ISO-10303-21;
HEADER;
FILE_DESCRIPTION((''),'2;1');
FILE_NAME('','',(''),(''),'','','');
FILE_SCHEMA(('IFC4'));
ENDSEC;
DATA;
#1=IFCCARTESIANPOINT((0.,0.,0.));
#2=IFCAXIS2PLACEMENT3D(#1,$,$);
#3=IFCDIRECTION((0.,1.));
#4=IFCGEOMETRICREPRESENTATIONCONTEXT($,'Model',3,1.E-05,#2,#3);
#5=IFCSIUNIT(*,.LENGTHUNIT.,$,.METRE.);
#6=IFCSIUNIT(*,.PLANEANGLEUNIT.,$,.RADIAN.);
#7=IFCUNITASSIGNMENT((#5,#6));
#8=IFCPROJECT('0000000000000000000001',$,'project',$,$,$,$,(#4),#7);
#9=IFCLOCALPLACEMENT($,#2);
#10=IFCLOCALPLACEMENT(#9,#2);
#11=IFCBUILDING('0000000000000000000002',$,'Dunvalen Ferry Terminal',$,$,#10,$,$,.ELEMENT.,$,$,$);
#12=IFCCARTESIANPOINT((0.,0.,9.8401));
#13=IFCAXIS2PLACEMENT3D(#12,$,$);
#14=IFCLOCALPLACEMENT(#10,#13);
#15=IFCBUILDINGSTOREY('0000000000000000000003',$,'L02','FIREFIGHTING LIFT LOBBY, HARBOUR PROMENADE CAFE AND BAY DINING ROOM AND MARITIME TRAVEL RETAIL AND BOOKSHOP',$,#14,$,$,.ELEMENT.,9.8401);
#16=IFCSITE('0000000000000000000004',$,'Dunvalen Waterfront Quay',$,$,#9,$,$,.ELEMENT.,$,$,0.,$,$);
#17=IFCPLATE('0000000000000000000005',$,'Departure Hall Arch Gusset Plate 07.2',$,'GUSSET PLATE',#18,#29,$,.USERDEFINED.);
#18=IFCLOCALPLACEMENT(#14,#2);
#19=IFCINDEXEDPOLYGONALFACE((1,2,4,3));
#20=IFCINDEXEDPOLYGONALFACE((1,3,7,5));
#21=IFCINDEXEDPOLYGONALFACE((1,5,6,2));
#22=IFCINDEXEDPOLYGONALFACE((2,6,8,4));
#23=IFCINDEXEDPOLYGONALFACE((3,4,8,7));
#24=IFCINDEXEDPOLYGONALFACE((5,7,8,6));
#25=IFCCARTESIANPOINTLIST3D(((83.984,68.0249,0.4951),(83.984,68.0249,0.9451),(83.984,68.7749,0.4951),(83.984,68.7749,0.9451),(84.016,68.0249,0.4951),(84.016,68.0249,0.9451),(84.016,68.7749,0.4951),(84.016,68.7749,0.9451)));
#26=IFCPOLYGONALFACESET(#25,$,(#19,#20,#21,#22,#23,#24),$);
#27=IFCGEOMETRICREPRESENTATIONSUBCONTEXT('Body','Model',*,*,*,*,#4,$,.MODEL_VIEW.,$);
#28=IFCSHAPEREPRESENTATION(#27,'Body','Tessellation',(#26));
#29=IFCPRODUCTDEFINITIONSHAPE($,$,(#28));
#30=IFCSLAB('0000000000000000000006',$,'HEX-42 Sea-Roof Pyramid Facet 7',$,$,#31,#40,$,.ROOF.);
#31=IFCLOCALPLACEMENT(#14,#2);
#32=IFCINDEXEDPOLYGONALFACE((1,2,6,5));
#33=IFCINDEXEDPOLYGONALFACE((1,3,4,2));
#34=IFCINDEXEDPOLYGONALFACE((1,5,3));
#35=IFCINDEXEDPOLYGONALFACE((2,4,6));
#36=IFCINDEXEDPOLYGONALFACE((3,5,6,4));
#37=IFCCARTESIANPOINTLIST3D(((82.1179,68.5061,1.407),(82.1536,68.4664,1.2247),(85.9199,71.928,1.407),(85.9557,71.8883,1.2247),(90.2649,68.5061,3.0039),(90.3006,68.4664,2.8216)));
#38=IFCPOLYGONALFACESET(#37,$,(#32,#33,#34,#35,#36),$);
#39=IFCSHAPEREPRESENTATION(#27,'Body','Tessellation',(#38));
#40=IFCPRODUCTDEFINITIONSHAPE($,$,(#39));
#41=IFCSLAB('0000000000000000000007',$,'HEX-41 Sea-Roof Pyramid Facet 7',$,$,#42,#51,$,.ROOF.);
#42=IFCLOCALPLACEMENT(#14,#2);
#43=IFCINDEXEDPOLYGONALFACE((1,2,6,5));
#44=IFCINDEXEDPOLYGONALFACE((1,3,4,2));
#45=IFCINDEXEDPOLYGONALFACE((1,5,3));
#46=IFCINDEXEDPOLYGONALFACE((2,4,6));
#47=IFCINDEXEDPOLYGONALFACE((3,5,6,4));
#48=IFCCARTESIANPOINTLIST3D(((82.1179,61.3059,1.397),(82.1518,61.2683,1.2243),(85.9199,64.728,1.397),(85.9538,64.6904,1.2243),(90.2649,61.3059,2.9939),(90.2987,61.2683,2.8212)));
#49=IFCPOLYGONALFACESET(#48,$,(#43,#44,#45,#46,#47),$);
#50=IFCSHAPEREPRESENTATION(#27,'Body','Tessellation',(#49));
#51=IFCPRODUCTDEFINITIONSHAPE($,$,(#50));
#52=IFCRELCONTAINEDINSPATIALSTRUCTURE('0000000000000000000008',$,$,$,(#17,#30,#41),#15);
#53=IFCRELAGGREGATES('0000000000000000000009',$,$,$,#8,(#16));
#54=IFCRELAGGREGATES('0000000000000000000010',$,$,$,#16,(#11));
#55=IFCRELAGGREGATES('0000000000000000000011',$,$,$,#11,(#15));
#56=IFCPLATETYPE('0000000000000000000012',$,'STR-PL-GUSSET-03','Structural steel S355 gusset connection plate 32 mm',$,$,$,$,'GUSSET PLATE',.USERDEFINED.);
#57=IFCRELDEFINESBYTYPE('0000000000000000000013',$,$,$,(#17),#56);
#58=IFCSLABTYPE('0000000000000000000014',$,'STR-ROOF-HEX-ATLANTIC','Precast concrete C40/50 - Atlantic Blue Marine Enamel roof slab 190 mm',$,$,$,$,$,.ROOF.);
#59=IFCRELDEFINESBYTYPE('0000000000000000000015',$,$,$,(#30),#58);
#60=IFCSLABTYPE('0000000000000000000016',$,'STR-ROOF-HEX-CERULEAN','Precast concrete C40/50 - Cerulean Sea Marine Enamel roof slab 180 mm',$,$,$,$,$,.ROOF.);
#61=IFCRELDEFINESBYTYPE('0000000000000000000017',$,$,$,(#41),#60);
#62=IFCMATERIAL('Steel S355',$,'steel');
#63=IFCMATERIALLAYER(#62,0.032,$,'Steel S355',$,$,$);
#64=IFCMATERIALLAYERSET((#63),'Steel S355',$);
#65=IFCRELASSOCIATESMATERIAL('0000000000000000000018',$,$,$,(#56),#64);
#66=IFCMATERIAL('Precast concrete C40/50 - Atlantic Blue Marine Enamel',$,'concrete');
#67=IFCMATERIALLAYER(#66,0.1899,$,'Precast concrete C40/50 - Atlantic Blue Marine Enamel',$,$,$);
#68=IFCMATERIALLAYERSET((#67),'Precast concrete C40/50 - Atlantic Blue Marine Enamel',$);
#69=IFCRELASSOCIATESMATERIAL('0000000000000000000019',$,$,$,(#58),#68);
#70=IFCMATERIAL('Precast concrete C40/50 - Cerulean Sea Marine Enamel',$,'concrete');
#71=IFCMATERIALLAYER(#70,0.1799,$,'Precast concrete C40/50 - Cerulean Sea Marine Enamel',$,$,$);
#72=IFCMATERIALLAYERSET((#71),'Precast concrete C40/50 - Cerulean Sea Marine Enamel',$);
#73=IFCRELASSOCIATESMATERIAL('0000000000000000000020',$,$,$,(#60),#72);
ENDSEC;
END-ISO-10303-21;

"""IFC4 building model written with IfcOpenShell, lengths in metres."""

from ifc_helpers import new_model, si_unit, direction, frame, origin, origin_2d, place, context, subcontext, project, spatial, polyline, rectangle, outline, extrude, material, layer, layer_set, type_object, element, save


model = new_model("IFC4")

# Units and contexts
model_context = context("Model", 3, precision=1e-05, world=origin(), true_north=direction((0.0, 1.0)))
body_context = subcontext(model_context, "Body", "Model", "MODEL_VIEW")
ifc_project = project(units=[si_unit("LENGTHUNIT", "METRE"), si_unit("PLANEANGLEUNIT", "RADIAN")], contexts=[model_context])

# Site, building, storey
site_placement = place(None, origin())
site = spatial("IfcSite", under=ifc_project, at=site_placement, Name="Dunvalen Waterfront Quay", CompositionType="ELEMENT", RefElevation=0.0)
building_placement = place(site_placement, origin())
building = spatial("IfcBuilding", under=site, at=building_placement, Name="Dunvalen Ferry Terminal", CompositionType="ELEMENT")
storey_placement = place(building_placement, frame((0.0, 0.0, 9.8401)))
storey = spatial("IfcBuildingStorey", under=building, at=storey_placement, Name="L02", Description="FIREFIGHTING LIFT LOBBY, HARBOUR PROMENADE CAFE AND BAY DINING ROOM AND MARITIME TRAVEL RETAIL AND BOOKSHOP", CompositionType="ELEMENT", Elevation=9.8401)

# Shared definitions
ifc_material_1 = material(Name="Steel S355", Category="steel")

# Plate
ifc_layer_1 = layer(ifc_material_1, 0.032, Name="Steel S355")
ifc_layer_set_1 = layer_set([ifc_layer_1], Name="Steel S355")
plate_type_1 = type_object("IfcPlateType", Name="STR-PL-GUSSET-03", Description="Structural steel S355 gusset connection plate 32 mm", ElementType="GUSSET PLATE", PredefinedType="USERDEFINED", material=ifc_layer_set_1)
plate_1_placement = place(storey_placement, frame((84.0, 68.3999, 0.4951), z_axis=(0.0, 0.0, 1.0), x_axis=(1.0, 0.0, 0.0)))
element("IfcPlate", 1, at=plate_1_placement, inside=storey, type_object=plate_type_1, Name="Departure Hall Arch Gusset Plate 07.2", ObjectType="GUSSET PLATE", PredefinedType="USERDEFINED", context=body_context, shape_type="SweptSolid", body=[
    extrude(rectangle(XDim=0.032, YDim=0.75, at=origin_2d()), origin(), (0.0, 0.0, 1.0), 0.45),
])

# Slabs
ifc_material_2 = material(Name="Precast concrete C40/50 - Atlantic Blue Marine Enamel", Category="concrete")
ifc_layer_2 = layer(ifc_material_2, 0.1899, Name="Precast concrete C40/50 - Atlantic Blue Marine Enamel")
ifc_layer_set_2 = layer_set([ifc_layer_2], Name="Precast concrete C40/50 - Atlantic Blue Marine Enamel")
slab_type_1 = type_object("IfcSlabType", Name="STR-ROOF-HEX-ATLANTIC", Description="Precast concrete C40/50 - Atlantic Blue Marine Enamel roof slab 190 mm", PredefinedType="ROOF", material=ifc_layer_set_2)
slab_1_placement = place(storey_placement, frame((85.9199, 71.928, 1.407), z_axis=(-0.188106, 0.209002, 0.959653), x_axis=(-0.743287, -0.668973, 0.0)))
element("IfcSlab", 2, at=slab_1_placement, inside=storey, type_object=slab_type_1, Name="HEX-42 Sea-Roof Pyramid Facet 7", PredefinedType="ROOF", context=body_context, shape_type="SweptSolid", body=[
    extrude(outline(polyline([(0.0, 0.0), (5.1151, 0.0), (-0.9404, 5.6792), (0.0, 0.0)])), origin(), (0.0, 0.0, -1.0), 0.1899),
])
ifc_material_3 = material(Name="Precast concrete C40/50 - Cerulean Sea Marine Enamel", Category="concrete")
ifc_layer_3 = layer(ifc_material_3, 0.1799, Name="Precast concrete C40/50 - Cerulean Sea Marine Enamel")
ifc_layer_set_3 = layer_set([ifc_layer_3], Name="Precast concrete C40/50 - Cerulean Sea Marine Enamel")
slab_type_2 = type_object("IfcSlabType", Name="STR-ROOF-HEX-CERULEAN", Description="Precast concrete C40/50 - Cerulean Sea Marine Enamel roof slab 180 mm", PredefinedType="ROOF", material=ifc_layer_set_3)
slab_2_placement = place(storey_placement, frame((85.9199, 64.728, 1.397), z_axis=(-0.188106, 0.208988, 0.959656), x_axis=(-0.743263, -0.668999, 0.0)))
element("IfcSlab", 3, at=slab_2_placement, inside=storey, type_object=slab_type_2, Name="HEX-41 Sea-Roof Pyramid Facet 7", PredefinedType="ROOF", context=body_context, shape_type="SweptSolid", body=[
    extrude(outline(polyline([(0.0, 0.0), (5.1153, 0.0), (-0.9401, 5.6794), (0.0, 0.0)])), origin(), (0.0, 0.0, -1.0), 0.1799),
])

save(model, "model.ifc")
